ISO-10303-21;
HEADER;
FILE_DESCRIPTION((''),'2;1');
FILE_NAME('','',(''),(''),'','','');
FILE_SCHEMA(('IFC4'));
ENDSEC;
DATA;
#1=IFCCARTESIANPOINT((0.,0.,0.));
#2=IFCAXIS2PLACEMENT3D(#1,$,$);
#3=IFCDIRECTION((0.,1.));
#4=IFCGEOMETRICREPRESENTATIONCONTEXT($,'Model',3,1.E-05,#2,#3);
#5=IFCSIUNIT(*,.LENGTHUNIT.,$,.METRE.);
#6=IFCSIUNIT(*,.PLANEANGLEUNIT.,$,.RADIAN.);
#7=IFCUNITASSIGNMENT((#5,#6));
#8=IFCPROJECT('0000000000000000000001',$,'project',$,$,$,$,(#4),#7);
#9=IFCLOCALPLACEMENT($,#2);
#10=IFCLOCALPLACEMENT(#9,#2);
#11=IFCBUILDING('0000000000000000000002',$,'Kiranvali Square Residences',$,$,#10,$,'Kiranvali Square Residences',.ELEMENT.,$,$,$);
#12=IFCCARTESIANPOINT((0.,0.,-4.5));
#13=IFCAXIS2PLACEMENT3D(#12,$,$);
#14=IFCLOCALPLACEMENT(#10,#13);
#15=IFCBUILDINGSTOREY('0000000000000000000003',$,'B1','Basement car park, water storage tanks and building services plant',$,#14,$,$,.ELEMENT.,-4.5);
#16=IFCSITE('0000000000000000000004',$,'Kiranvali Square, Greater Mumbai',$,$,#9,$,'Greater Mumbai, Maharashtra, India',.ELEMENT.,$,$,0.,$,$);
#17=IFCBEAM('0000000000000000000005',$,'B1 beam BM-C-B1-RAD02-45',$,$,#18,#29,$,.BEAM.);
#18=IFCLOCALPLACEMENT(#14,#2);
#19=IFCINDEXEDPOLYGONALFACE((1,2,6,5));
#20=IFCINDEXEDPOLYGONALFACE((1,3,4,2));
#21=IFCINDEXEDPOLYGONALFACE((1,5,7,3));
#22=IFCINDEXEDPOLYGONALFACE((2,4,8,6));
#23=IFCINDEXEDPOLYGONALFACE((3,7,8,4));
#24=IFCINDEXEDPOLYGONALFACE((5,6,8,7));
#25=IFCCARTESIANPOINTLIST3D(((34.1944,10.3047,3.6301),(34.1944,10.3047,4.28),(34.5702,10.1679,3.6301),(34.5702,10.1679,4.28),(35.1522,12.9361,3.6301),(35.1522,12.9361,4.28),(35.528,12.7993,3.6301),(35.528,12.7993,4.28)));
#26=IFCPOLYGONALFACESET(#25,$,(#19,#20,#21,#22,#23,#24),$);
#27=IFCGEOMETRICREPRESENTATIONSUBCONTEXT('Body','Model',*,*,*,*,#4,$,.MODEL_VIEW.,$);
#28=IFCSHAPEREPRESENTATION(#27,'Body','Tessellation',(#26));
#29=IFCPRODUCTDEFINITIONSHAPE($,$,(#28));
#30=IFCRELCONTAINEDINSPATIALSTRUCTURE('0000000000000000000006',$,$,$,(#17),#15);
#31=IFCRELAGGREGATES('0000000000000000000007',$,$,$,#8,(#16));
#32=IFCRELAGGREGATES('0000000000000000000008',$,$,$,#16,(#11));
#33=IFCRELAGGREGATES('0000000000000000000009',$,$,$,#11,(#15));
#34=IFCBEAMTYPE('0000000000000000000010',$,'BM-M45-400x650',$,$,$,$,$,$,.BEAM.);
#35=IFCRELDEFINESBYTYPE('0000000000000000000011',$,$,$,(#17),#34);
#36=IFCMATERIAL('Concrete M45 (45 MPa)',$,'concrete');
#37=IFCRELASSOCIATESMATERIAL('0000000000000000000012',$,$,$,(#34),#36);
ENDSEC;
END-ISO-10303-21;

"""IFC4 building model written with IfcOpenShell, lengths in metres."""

from ifc_helpers import new_model, si_unit, direction, frame, origin, origin_2d, place, context, subcontext, project, spatial, rectangle, extrude, material, material_profile, profile_set, type_object, element, save


model = new_model("IFC4")

# Units and contexts
model_context = context("Model", 3, precision=1e-05, world=origin(), true_north=direction((0.0, 1.0)))
body_context = subcontext(model_context, "Body", "Model", "MODEL_VIEW")
ifc_project = project(units=[si_unit("LENGTHUNIT", "METRE"), si_unit("PLANEANGLEUNIT", "RADIAN")], contexts=[model_context])

# Site, building, storey
site_placement = place(None, origin())
site = spatial("IfcSite", under=ifc_project, at=site_placement, Name="Kiranvali Square, Greater Mumbai", LongName="Greater Mumbai, Maharashtra, India", CompositionType="ELEMENT", RefElevation=0.0)
building_placement = place(site_placement, origin())
building = spatial("IfcBuilding", under=site, at=building_placement, Name="Kiranvali Square Residences", LongName="Kiranvali Square Residences", CompositionType="ELEMENT")
storey_placement = place(building_placement, frame((0.0, 0.0, -4.5)))
storey = spatial("IfcBuildingStorey", under=building, at=storey_placement, Name="B1", Description="Basement car park, water storage tanks and building services plant", CompositionType="ELEMENT", Elevation=-4.5)

# Shared definitions
ifc_material_1 = material(Name="Concrete M45 (45 MPa)", Category="concrete")

# Beam
ifc_material_profile_1 = material_profile(ifc_material_1, rectangle(XDim=0.3999, YDim=0.6499, at=origin_2d()), Name="RC 400x650")
ifc_profile_set_1 = profile_set([ifc_material_profile_1], Name="Concrete M45 (45 MPa)")
beam_type = type_object("IfcBeamType", Name="BM-M45-400x650", PredefinedType="BEAM", material=ifc_profile_set_1)
beam_1_placement = place(storey_placement, frame((35.3401, 12.8677, 3.9551), z_axis=(-0.34203, -0.939689, 0.0), x_axis=(0.939689, -0.34203, 0.0)))
element("IfcBeam", 1, at=beam_1_placement, inside=storey, type_object=beam_type, Name="B1 beam BM-C-B1-RAD02-45", PredefinedType="BEAM", context=body_context, shape_type="SweptSolid", body=[
    extrude(rectangle(XDim=0.3999, YDim=0.6499, at=origin_2d()), origin(), (0.0, 0.0, 1.0), 2.8003),
])

save(model, "model.ifc")
